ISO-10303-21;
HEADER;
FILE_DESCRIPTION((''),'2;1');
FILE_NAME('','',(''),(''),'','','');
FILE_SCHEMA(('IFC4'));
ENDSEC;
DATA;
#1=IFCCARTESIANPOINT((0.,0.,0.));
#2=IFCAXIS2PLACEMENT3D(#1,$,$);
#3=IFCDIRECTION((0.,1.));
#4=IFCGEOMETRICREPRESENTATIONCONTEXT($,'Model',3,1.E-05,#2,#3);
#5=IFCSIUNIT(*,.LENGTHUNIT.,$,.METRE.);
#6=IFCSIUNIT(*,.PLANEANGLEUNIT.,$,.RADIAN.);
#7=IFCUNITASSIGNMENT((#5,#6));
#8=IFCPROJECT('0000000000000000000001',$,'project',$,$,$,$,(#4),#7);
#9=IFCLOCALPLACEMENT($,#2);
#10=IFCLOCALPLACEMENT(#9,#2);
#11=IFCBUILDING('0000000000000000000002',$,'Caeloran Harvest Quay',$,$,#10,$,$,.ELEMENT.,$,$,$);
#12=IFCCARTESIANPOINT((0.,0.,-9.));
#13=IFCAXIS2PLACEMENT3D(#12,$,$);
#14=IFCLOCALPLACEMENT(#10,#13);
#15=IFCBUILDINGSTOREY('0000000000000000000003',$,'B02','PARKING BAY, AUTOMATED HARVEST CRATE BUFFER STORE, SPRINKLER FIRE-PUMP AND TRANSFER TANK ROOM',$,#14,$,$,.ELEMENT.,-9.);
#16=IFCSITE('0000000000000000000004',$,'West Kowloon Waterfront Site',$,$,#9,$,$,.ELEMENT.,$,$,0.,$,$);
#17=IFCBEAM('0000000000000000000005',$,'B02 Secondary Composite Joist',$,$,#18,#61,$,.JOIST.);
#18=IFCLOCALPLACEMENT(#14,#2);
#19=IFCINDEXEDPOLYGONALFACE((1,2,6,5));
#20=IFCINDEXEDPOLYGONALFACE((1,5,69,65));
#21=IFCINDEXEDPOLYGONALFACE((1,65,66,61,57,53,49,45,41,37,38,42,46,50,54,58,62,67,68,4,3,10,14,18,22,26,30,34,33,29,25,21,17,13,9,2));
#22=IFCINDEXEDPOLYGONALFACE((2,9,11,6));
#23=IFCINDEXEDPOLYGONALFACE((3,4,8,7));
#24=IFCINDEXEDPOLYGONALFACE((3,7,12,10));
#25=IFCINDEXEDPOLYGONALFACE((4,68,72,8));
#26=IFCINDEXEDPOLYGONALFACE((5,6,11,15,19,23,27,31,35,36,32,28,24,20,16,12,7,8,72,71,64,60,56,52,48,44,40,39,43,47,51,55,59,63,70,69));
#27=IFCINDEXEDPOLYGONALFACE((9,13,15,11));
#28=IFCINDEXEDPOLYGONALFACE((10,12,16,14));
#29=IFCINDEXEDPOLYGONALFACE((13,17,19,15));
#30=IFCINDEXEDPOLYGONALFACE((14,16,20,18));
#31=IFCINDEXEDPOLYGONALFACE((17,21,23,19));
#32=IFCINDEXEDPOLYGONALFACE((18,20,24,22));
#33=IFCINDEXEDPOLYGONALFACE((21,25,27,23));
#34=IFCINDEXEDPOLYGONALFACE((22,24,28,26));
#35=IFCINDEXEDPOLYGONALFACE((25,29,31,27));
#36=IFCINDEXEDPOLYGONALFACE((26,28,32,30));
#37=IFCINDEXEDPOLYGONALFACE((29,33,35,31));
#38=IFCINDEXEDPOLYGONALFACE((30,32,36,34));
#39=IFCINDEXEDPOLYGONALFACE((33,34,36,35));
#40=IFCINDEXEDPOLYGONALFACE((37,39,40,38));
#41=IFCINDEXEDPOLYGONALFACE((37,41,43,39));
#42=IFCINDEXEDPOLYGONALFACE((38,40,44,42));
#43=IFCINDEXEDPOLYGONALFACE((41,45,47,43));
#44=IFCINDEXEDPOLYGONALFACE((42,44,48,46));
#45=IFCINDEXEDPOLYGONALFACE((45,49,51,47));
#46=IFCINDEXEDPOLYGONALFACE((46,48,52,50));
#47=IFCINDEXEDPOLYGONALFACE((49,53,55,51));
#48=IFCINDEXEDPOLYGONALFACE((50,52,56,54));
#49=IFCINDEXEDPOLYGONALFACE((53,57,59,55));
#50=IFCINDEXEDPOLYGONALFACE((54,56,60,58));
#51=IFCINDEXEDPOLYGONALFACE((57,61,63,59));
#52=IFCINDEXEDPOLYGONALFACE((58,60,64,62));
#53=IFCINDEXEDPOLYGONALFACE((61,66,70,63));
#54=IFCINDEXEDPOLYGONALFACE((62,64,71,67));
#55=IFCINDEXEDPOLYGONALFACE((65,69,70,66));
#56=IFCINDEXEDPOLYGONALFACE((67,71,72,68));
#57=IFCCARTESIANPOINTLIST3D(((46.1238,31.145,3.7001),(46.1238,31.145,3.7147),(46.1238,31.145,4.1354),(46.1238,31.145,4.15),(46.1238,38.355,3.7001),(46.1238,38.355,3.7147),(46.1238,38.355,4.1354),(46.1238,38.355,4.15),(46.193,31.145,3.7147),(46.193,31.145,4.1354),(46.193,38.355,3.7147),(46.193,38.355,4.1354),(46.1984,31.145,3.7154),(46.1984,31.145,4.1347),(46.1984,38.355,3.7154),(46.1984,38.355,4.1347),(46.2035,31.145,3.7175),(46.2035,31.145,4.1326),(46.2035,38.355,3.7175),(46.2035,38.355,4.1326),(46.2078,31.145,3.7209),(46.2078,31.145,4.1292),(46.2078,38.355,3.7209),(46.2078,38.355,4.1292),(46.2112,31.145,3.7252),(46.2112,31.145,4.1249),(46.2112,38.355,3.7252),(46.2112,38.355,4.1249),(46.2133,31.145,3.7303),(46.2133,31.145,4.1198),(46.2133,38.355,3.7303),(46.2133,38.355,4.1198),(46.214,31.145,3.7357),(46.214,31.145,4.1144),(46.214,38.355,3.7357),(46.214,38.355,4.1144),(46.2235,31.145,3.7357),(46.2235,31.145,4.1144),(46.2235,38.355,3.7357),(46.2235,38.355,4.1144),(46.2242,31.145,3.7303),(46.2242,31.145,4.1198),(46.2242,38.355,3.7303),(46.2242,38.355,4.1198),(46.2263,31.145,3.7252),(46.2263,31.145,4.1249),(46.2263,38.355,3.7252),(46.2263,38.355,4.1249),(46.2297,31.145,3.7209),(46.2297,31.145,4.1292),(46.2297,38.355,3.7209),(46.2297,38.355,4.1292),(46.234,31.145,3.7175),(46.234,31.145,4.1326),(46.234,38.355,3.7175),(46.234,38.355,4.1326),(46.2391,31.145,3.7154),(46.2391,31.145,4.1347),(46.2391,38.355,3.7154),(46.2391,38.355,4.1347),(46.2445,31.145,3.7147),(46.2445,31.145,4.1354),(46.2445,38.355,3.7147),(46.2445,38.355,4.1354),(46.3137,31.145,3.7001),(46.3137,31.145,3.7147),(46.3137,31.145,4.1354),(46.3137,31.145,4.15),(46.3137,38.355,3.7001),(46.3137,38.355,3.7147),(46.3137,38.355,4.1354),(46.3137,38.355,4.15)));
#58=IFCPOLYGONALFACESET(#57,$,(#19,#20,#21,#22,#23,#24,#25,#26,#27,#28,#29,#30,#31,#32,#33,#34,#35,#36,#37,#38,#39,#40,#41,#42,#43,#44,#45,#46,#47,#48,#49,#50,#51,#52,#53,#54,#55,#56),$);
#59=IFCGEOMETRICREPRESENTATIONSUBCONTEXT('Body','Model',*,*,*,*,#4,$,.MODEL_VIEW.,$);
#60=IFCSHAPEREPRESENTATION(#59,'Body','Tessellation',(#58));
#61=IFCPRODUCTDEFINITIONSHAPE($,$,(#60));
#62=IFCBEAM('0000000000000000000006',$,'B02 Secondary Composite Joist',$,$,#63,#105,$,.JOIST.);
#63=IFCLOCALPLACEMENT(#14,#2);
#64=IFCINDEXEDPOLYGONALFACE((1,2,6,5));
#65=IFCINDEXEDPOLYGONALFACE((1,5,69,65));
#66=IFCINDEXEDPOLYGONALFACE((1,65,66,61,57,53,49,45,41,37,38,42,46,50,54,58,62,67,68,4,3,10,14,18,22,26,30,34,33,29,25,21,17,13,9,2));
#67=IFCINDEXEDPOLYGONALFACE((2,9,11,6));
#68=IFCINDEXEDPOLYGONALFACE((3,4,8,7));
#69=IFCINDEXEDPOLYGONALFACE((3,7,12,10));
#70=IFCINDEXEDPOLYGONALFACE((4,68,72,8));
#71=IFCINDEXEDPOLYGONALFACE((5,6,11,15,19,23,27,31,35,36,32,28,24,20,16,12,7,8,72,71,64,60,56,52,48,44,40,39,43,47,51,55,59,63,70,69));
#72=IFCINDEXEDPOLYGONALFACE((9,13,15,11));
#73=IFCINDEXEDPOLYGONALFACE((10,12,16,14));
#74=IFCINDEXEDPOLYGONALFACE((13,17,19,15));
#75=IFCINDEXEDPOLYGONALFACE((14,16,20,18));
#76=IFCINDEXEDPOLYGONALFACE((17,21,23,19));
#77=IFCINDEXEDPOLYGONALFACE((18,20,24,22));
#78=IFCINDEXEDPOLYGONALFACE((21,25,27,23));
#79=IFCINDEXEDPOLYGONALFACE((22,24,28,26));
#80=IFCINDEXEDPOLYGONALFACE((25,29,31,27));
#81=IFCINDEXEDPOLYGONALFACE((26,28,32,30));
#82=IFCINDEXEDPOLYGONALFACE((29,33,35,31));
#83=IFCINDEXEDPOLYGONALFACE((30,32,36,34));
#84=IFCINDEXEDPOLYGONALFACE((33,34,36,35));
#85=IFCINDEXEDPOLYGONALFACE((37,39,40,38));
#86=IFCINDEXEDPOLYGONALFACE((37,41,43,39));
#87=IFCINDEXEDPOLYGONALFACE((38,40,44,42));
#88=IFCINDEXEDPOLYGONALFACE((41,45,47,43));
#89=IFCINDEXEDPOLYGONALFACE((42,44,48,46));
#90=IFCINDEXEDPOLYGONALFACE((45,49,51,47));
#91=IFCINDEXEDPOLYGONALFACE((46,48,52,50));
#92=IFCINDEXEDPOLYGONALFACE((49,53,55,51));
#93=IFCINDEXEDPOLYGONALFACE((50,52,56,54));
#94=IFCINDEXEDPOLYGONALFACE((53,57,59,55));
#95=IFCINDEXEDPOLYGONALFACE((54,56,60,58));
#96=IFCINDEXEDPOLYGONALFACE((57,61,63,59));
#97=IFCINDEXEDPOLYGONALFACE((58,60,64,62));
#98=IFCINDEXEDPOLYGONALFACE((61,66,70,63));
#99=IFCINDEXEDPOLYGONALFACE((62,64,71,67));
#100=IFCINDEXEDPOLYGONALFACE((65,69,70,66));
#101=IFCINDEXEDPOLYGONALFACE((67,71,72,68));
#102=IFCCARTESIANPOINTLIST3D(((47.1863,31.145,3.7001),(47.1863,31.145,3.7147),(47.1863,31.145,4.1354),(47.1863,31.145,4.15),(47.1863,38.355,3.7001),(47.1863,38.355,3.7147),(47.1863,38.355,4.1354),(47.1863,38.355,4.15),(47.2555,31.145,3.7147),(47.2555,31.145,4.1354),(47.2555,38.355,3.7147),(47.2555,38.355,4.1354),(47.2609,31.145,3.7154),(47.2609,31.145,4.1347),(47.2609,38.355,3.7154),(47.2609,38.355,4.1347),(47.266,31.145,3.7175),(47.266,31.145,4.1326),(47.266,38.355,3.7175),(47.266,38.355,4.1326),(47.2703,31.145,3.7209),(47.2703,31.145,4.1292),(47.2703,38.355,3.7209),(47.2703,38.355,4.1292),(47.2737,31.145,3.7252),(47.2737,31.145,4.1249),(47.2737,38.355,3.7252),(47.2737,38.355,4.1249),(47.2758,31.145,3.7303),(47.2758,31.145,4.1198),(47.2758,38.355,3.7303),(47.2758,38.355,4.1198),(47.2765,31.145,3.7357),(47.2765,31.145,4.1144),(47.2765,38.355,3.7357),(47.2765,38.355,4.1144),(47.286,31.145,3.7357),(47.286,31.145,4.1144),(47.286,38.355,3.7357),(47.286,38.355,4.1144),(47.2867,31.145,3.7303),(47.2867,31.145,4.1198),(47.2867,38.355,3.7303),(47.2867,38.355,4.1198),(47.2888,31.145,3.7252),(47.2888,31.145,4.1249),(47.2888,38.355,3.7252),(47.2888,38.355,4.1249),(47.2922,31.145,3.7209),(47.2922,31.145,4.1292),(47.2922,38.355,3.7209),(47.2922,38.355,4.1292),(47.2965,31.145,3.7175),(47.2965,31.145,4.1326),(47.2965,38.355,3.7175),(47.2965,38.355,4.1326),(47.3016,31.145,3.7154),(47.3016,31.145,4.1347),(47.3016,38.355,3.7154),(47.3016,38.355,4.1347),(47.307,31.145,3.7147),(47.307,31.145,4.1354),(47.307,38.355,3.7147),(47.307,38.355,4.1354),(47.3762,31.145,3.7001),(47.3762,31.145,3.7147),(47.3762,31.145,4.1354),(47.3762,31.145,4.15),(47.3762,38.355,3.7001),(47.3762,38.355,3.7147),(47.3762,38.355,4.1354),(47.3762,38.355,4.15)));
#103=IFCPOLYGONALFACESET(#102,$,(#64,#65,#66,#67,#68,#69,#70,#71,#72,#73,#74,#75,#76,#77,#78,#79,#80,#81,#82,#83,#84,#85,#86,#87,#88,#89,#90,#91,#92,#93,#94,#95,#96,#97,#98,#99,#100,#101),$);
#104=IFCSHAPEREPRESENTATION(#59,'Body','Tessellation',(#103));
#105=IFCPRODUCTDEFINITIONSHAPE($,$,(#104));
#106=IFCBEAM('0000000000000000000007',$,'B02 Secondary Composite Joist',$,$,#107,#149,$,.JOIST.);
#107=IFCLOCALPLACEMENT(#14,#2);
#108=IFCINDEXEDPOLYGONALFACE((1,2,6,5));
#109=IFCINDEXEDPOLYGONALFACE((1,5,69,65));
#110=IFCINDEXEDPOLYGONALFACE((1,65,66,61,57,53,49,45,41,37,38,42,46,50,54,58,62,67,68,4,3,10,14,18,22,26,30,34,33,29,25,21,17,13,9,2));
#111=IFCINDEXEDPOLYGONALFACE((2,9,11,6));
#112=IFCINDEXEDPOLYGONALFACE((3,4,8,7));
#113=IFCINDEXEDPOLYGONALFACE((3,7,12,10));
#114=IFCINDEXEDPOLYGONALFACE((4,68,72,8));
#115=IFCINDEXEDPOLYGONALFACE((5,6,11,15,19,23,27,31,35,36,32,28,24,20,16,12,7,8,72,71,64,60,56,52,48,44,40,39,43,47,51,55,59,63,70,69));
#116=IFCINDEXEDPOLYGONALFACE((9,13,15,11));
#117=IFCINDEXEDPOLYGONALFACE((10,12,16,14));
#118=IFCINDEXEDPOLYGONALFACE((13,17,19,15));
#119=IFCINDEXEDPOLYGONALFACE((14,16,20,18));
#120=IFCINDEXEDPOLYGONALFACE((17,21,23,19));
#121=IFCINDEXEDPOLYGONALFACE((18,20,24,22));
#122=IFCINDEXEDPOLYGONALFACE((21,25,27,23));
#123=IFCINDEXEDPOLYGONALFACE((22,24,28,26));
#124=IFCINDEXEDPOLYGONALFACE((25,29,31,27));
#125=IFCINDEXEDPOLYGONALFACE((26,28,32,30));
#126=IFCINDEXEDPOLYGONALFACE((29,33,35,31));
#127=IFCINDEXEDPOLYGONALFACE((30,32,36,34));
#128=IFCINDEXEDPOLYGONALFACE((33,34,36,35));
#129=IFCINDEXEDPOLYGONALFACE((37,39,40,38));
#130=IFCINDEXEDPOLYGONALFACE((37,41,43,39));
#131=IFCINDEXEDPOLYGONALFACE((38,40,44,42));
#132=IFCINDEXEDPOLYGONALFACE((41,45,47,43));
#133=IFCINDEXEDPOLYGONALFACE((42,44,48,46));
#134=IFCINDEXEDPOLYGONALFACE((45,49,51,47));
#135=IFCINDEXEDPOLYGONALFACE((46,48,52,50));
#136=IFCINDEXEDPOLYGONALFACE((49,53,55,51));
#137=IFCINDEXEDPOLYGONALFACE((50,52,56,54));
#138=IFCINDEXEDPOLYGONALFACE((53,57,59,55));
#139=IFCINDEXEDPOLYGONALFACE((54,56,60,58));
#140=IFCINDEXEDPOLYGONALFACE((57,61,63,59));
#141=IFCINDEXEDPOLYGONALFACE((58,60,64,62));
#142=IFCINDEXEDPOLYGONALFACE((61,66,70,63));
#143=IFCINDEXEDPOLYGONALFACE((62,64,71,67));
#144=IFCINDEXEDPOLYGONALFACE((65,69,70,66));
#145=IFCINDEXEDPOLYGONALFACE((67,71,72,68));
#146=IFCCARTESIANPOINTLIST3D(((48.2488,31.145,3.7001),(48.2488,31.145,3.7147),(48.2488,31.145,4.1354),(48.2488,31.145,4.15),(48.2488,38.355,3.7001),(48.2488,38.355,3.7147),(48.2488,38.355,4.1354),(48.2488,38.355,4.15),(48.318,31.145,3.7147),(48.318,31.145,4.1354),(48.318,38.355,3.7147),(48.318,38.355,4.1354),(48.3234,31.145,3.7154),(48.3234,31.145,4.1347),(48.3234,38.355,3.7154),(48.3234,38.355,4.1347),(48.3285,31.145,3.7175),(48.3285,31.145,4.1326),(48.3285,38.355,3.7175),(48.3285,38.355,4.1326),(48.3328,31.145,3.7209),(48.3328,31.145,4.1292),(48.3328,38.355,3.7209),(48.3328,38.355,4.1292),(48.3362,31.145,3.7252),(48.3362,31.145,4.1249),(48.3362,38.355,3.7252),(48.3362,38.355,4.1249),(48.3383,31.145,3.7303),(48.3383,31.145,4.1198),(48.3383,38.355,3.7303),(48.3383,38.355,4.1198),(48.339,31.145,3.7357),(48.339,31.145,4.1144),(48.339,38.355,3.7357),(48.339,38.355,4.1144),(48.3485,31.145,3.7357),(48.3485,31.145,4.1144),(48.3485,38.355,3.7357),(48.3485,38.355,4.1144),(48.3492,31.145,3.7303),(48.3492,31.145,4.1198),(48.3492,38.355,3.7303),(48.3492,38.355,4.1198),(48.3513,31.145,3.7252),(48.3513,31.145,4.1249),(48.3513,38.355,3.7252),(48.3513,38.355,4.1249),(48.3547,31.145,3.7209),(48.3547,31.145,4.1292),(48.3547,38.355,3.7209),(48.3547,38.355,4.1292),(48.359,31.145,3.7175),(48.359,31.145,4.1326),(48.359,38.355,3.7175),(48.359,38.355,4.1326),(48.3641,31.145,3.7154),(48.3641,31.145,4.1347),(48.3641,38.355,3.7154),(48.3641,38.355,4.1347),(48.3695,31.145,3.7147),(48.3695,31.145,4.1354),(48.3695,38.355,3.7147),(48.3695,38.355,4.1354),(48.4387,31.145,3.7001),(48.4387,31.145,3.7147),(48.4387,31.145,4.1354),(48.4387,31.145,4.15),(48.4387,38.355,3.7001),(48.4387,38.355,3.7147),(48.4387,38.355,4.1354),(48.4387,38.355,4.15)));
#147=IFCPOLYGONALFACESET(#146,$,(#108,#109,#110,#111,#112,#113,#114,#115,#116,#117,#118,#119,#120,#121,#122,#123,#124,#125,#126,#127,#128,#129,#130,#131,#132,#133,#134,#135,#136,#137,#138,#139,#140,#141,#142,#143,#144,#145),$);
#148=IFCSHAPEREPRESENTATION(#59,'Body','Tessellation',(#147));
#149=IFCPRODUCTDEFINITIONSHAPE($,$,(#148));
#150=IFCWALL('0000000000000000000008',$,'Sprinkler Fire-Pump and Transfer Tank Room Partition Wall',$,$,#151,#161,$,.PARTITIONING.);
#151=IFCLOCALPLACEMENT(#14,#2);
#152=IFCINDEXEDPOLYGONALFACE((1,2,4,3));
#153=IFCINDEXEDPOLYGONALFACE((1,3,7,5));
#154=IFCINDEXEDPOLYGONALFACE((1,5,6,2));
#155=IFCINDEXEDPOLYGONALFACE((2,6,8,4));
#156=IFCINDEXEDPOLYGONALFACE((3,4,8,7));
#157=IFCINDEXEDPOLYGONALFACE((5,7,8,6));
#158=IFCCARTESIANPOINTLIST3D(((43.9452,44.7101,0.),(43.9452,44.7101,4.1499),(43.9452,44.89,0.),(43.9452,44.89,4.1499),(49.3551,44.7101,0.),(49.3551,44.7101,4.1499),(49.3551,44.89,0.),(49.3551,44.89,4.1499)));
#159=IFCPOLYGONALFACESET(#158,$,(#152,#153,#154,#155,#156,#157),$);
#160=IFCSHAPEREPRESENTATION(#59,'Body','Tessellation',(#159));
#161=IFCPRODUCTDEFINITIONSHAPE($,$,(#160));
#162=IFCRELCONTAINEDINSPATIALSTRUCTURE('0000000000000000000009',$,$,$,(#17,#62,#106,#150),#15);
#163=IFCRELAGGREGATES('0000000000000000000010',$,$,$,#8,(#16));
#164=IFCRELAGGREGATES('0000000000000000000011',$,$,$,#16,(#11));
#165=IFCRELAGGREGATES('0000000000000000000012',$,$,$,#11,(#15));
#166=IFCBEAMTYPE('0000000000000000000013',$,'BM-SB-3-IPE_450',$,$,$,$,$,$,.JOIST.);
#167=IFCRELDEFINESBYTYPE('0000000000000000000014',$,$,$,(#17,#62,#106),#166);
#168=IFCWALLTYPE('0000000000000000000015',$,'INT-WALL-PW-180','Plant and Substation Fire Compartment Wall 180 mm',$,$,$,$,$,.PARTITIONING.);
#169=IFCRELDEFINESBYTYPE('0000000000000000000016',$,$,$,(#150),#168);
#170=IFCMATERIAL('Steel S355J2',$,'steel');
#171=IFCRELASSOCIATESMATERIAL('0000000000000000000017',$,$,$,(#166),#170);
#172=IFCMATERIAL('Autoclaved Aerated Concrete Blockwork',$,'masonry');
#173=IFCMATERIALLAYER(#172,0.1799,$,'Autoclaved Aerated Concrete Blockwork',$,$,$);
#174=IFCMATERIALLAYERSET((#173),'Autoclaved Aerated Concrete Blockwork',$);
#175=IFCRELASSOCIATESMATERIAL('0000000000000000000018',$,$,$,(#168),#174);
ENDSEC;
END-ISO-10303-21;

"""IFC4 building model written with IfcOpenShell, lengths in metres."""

from ifc_helpers import new_model, si_unit, direction, frame, frame_2d, origin, origin_2d, place, context, subcontext, project, spatial, rectangle, i_section, extrude, material, layer, layer_set, material_profile, profile_set, type_object, element, save


model = new_model("IFC4")

# Units and contexts
model_context = context("Model", 3, precision=1e-05, world=origin(), true_north=direction((0.0, 1.0)))
body_context = subcontext(model_context, "Body", "Model", "MODEL_VIEW")
ifc_project = project(units=[si_unit("LENGTHUNIT", "METRE"), si_unit("PLANEANGLEUNIT", "RADIAN")], contexts=[model_context])

# Site, building, storey
site_placement = place(None, origin())
site = spatial("IfcSite", under=ifc_project, at=site_placement, Name="West Kowloon Waterfront Site", CompositionType="ELEMENT", RefElevation=0.0)
building_placement = place(site_placement, origin())
building = spatial("IfcBuilding", under=site, at=building_placement, Name="Caeloran Harvest Quay", CompositionType="ELEMENT")
storey_placement = place(building_placement, frame((0.0, 0.0, -9.0)))
storey = spatial("IfcBuildingStorey", under=building, at=storey_placement, Name="B02", Description="PARKING BAY, AUTOMATED HARVEST CRATE BUFFER STORE, SPRINKLER FIRE-PUMP AND TRANSFER TANK ROOM", CompositionType="ELEMENT", Elevation=-9.0)

# Beams
ifc_material_1 = material(Name="Steel S355J2", Category="steel")
ifc_material_profile_1 = material_profile(ifc_material_1, i_section(OverallWidth=0.1899, OverallDepth=0.45, WebThickness=0.0095, FlangeThickness=0.0146, FilletRadius=0.021, at=origin_2d()), Name="IPE 450")
ifc_profile_set_1 = profile_set([ifc_material_profile_1], Name="Steel S355J2")
beam_type_1 = type_object("IfcBeamType", Name="BM-SB-3-IPE_450", PredefinedType="JOIST", material=ifc_profile_set_1)
for number, where, z_axis, x_axis, name in (
    (1, (46.2188, 31.145, 3.925), (0.0, 1.0, 0.0), (-1.0, 0.0, 0.0), "B02 Secondary Composite Joist"),
    (2, (47.2812, 31.145, 3.925), (0.0, 1.0, 0.0), (-1.0, 0.0, 0.0), "B02 Secondary Composite Joist"),
    (3, (48.3438, 31.145, 3.925), (0.0, 1.0, 0.0), (-1.0, 0.0, 0.0), "B02 Secondary Composite Joist"),
):
    element("IfcBeam", number, at=place(storey_placement, frame(where, z_axis=z_axis, x_axis=x_axis)), inside=storey, type_object=beam_type_1, Name=name, PredefinedType="JOIST", context=body_context, shape_type="SweptSolid", body=[
        extrude(i_section(OverallWidth=0.1899, OverallDepth=0.45, WebThickness=0.0095, FlangeThickness=0.0146, FilletRadius=0.021, at=origin_2d()), origin(), (0.0, 0.0, 1.0), 7.21),
    ])

# Wall
ifc_material_2 = material(Name="Autoclaved Aerated Concrete Blockwork", Category="masonry")
ifc_layer = layer(ifc_material_2, 0.1799, Name="Autoclaved Aerated Concrete Blockwork")
ifc_layer_set = layer_set([ifc_layer], Name="Autoclaved Aerated Concrete Blockwork")
wall_type = type_object("IfcWallType", Name="INT-WALL-PW-180", Description="Plant and Substation Fire Compartment Wall 180 mm", PredefinedType="PARTITIONING", material=ifc_layer_set)
wall_placement = place(storey_placement, frame((43.9451, 44.8, 0.0), z_axis=(0.0, 0.0, 1.0), x_axis=(1.0, 0.0, 0.0)))
element("IfcWall", 4, at=wall_placement, inside=storey, type_object=wall_type, Name="Sprinkler Fire-Pump and Transfer Tank Room Partition Wall", PredefinedType="PARTITIONING", context=body_context, shape_type="SweptSolid", body=[
    extrude(rectangle(XDim=5.4099, YDim=0.1799, at=frame_2d((2.7051, 0.0))), origin(), (0.0, 0.0, 1.0), 4.1499),
])

save(model, "model.ifc")
